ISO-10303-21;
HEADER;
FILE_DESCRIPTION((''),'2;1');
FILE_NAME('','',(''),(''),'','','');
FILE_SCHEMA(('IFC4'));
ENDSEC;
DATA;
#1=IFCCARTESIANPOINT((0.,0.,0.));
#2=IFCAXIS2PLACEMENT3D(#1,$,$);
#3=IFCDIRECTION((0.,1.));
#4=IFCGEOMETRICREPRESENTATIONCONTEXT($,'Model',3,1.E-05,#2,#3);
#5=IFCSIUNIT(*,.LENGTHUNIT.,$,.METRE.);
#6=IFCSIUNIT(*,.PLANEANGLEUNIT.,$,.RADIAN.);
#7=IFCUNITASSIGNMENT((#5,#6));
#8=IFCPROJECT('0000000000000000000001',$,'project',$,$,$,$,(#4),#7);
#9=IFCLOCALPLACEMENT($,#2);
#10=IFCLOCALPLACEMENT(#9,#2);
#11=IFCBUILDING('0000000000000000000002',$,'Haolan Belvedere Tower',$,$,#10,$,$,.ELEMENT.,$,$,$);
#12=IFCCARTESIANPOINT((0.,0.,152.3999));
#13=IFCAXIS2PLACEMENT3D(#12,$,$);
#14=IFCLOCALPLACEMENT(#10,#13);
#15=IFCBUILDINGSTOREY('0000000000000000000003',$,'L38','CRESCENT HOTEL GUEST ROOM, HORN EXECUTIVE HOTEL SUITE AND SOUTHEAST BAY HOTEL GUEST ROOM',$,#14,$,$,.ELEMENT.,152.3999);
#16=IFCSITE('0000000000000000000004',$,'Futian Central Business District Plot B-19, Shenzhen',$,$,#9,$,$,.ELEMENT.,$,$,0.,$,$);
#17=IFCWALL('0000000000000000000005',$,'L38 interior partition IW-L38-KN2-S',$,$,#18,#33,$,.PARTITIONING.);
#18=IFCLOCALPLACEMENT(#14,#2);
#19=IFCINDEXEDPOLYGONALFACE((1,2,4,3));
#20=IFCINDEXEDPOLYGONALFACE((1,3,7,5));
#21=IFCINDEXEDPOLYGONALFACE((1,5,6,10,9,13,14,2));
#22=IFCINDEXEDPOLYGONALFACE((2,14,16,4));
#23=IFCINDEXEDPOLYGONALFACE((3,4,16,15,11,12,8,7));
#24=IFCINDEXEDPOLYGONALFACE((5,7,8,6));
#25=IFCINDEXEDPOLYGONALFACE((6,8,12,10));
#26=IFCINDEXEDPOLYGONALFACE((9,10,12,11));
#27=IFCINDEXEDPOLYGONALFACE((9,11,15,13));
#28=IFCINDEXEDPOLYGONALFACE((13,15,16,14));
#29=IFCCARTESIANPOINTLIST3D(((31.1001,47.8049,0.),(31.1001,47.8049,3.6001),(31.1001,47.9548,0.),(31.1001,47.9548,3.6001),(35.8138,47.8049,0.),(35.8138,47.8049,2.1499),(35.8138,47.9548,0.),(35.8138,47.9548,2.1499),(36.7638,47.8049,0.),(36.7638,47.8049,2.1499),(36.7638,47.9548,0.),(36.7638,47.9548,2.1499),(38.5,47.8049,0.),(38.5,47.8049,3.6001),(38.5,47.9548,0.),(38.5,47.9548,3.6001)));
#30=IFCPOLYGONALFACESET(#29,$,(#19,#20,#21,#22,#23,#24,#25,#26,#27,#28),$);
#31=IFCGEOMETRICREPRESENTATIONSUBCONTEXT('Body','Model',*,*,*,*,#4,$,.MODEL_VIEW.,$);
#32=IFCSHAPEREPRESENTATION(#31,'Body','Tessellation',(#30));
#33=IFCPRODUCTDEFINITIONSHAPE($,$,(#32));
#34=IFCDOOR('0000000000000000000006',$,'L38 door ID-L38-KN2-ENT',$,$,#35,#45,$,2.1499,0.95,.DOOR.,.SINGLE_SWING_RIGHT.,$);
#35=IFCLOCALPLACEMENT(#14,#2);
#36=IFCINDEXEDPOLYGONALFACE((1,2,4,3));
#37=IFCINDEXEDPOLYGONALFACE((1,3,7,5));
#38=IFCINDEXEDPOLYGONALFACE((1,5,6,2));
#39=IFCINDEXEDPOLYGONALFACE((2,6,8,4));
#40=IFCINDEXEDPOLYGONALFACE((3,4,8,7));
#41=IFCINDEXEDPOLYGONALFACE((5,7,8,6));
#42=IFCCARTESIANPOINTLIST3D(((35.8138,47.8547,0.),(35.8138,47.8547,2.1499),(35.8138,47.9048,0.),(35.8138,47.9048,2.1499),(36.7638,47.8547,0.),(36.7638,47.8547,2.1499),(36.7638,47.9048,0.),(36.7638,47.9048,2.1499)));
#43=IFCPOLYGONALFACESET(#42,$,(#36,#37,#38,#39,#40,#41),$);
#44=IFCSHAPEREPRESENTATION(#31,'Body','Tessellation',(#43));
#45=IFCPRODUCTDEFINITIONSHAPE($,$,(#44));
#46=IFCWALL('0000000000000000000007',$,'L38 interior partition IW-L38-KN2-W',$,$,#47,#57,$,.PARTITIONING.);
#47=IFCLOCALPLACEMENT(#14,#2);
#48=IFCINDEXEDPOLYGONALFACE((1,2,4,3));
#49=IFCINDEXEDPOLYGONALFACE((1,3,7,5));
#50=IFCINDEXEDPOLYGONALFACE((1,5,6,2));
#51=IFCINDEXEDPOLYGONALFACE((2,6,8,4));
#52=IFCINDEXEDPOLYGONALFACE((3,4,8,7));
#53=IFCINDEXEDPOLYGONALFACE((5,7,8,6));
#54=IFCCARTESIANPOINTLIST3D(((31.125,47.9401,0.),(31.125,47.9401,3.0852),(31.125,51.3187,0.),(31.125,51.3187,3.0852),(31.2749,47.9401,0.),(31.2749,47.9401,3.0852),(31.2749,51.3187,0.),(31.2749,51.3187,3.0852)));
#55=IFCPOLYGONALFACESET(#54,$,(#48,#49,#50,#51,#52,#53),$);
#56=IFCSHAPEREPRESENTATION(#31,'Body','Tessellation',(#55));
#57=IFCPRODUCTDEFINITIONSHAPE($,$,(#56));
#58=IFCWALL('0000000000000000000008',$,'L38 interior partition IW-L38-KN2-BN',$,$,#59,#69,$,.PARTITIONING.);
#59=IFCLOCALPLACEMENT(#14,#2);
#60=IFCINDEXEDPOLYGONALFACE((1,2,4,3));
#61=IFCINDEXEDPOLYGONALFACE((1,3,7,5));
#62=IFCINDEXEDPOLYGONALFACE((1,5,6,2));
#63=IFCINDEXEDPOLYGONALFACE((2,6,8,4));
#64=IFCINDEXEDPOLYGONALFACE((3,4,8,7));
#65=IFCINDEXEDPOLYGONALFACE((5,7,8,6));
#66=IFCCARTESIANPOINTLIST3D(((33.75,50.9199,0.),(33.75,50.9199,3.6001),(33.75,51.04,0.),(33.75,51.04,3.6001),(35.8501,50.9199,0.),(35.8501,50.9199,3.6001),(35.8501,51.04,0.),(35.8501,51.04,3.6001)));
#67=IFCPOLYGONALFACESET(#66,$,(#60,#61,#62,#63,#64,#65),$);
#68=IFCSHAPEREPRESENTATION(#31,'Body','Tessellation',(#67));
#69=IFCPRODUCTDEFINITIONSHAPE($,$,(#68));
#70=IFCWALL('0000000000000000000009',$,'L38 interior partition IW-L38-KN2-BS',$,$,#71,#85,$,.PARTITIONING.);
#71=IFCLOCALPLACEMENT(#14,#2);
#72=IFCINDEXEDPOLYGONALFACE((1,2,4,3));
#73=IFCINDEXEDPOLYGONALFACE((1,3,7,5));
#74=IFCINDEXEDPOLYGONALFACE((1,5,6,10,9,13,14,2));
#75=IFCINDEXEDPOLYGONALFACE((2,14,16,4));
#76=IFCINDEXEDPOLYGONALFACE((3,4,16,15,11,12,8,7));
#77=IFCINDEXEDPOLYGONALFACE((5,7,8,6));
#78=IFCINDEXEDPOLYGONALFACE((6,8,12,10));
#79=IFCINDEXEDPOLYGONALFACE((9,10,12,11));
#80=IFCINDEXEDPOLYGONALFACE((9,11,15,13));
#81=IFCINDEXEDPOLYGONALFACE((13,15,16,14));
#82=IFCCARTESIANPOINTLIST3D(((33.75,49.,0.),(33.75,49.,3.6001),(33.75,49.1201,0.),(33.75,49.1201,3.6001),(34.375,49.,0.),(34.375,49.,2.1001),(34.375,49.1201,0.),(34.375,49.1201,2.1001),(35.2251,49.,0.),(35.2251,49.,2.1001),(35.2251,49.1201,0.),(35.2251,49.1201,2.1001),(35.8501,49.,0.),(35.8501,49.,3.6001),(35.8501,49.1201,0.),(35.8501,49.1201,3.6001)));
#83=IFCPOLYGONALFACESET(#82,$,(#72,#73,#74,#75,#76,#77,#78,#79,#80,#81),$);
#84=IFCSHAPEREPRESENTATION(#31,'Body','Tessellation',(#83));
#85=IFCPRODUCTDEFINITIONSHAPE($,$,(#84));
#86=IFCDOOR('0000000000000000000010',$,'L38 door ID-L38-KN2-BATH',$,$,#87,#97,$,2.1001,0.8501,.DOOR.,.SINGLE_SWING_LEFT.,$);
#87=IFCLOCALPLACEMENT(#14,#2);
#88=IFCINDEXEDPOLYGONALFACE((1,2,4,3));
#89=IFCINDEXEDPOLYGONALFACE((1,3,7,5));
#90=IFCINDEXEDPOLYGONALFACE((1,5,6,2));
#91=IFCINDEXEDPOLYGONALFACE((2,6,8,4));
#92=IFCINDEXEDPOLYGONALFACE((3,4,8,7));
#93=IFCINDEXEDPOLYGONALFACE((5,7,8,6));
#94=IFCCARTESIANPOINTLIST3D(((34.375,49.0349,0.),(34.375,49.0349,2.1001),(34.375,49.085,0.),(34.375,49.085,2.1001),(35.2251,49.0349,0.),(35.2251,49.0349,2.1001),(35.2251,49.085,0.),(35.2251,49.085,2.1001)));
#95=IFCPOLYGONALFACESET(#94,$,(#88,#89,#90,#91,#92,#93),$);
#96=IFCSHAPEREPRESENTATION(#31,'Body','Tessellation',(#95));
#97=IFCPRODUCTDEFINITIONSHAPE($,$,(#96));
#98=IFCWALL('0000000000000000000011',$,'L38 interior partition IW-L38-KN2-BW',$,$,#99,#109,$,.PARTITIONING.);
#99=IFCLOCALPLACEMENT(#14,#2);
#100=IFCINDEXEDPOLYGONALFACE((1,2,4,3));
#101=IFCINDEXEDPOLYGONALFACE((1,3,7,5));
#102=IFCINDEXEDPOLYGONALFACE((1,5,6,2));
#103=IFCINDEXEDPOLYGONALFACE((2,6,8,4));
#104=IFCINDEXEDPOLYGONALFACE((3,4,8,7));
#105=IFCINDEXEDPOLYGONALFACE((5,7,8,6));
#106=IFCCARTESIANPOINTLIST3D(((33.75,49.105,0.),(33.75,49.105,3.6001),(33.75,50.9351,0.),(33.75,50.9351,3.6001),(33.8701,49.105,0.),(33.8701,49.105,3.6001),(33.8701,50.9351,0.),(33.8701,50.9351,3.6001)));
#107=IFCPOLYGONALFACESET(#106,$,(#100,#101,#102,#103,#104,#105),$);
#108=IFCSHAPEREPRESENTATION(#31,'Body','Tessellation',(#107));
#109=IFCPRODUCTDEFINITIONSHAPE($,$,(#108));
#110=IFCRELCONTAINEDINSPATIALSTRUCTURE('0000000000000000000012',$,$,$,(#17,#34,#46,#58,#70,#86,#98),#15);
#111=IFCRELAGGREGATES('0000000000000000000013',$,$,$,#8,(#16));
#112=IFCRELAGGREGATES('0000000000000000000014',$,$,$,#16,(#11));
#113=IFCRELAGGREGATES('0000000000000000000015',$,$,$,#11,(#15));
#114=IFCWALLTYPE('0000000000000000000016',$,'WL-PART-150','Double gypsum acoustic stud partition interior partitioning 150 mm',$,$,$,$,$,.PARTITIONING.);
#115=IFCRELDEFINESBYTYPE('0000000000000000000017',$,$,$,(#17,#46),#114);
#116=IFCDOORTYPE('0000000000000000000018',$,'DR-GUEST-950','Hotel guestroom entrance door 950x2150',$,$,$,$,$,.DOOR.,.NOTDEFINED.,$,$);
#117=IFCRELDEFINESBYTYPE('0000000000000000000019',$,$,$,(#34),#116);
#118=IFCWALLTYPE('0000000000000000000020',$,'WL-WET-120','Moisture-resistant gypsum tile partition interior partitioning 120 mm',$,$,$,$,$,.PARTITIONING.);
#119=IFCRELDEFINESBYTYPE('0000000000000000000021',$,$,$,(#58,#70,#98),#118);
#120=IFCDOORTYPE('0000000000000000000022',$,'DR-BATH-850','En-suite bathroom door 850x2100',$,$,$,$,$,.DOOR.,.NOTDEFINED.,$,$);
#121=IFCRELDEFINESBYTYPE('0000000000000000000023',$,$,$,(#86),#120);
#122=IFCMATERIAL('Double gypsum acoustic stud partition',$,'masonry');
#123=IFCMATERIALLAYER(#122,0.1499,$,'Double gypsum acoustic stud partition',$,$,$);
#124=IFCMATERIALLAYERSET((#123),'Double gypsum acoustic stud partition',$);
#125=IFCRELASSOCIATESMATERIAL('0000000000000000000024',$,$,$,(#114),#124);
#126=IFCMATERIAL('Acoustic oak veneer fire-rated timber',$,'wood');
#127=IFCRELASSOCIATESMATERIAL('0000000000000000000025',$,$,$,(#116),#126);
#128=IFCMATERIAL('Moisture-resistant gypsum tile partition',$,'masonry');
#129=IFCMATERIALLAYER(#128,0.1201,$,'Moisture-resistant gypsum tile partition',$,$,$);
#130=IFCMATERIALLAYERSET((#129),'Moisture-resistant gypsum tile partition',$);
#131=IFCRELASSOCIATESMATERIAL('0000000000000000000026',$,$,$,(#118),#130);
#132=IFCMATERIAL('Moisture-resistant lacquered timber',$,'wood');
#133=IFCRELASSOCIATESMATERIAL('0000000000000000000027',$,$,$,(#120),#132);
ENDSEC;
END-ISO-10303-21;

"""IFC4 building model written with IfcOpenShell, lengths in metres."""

from ifc_helpers import new_model, si_unit, direction, frame, frame_2d, origin, place, context, subcontext, project, spatial, rectangle, extrude, material, layer, layer_set, type_object, element, fill, save


model = new_model("IFC4")

# Units and contexts
model_context = context("Model", 3, precision=1e-05, world=origin(), true_north=direction((0.0, 1.0)))
body_context = subcontext(model_context, "Body", "Model", "MODEL_VIEW")
ifc_project = project(units=[si_unit("LENGTHUNIT", "METRE"), si_unit("PLANEANGLEUNIT", "RADIAN")], contexts=[model_context])

# Site, building, storey
site_placement = place(None, origin())
site = spatial("IfcSite", under=ifc_project, at=site_placement, Name="Futian Central Business District Plot B-19, Shenzhen", CompositionType="ELEMENT", RefElevation=0.0)
building_placement = place(site_placement, origin())
building = spatial("IfcBuilding", under=site, at=building_placement, Name="Haolan Belvedere Tower", CompositionType="ELEMENT")
storey_placement = place(building_placement, frame((0.0, 0.0, 152.3999)))
storey = spatial("IfcBuildingStorey", under=building, at=storey_placement, Name="L38", Description="CRESCENT HOTEL GUEST ROOM, HORN EXECUTIVE HOTEL SUITE AND SOUTHEAST BAY HOTEL GUEST ROOM", CompositionType="ELEMENT", Elevation=152.3999)

# Wall, opening, door
ifc_material_1 = material(Name="Double gypsum acoustic stud partition", Category="masonry")
ifc_layer_1 = layer(ifc_material_1, 0.1499, Name="Double gypsum acoustic stud partition")
ifc_layer_set_1 = layer_set([ifc_layer_1], Name="Double gypsum acoustic stud partition")
wall_type_1 = type_object("IfcWallType", Name="WL-PART-150", Description="Double gypsum acoustic stud partition interior partitioning 150 mm", PredefinedType="PARTITIONING", material=ifc_layer_set_1)
wall_1_placement = place(storey_placement, frame((31.1001, 47.8799, 0.0), z_axis=(0.0, 0.0, 1.0), x_axis=(1.0, 0.0, 0.0)))
wall_1 = element("IfcWall", 1, at=wall_1_placement, inside=storey, type_object=wall_type_1, Name="L38 interior partition IW-L38-KN2-S", PredefinedType="PARTITIONING", context=body_context, shape_type="SweptSolid", body=[
    extrude(rectangle(XDim=7.3999, YDim=0.1499, at=frame_2d((3.7, 0.0))), origin(), (0.0, 0.0, 1.0), 3.6001),
])
opening_1_placement = place(wall_1_placement, frame((4.7136, 0.0, 0.0)))
opening_1 = element("IfcOpeningElement", 2, at=opening_1_placement, cuts=wall_1, PredefinedType="OPENING", context=body_context, shape_type="SweptSolid", body=[
    extrude(rectangle(XDim=0.95, YDim=2.1499, at=frame_2d((0.4751, 1.075))), frame((0.0, 0.085, 0.0), z_axis=(0.0, -1.0, 0.0), x_axis=(1.0, 0.0, 0.0)), (0.0, 0.0, 1.0), 0.1699),
])
ifc_material_2 = material(Name="Acoustic oak veneer fire-rated timber", Category="wood")
door_type_1 = type_object("IfcDoorType", Name="DR-GUEST-950", Description="Hotel guestroom entrance door 950x2150", OperationType="NOTDEFINED", PredefinedType="DOOR", material=ifc_material_2)
door_1_placement = place(opening_1_placement, origin())
door_1 = element("IfcDoor", 3, at=door_1_placement, inside=storey, type_object=door_type_1, Name="L38 door ID-L38-KN2-ENT", OperationType="SINGLE_SWING_RIGHT", OverallHeight=2.1499, OverallWidth=0.95, PredefinedType="DOOR", context=body_context, shape_type="SweptSolid", body=[
    extrude(rectangle(XDim=0.95, YDim=2.1499, at=frame_2d((0.4751, 1.075))), frame((0.0, 0.0249, 0.0), z_axis=(0.0, -1.0, 0.0), x_axis=(1.0, 0.0, 0.0)), (0.0, 0.0, 1.0), 0.05),
])
fill(opening_1, door_1)

# Walls
wall_2_placement = place(storey_placement, frame((31.2, 47.9399, 0.0), z_axis=(0.0, 0.0, 1.0), x_axis=(0.0, 1.0, 0.0)))
element("IfcWall", 4, at=wall_2_placement, inside=storey, type_object=wall_type_1, Name="L38 interior partition IW-L38-KN2-W", PredefinedType="PARTITIONING", context=body_context, shape_type="SweptSolid", body=[
    extrude(rectangle(XDim=3.3787, YDim=0.1499, at=frame_2d((1.6895, 0.0))), origin(), (0.0, 0.0, 1.0), 3.0852),
])
ifc_material_3 = material(Name="Moisture-resistant gypsum tile partition", Category="masonry")
ifc_layer_2 = layer(ifc_material_3, 0.1201, Name="Moisture-resistant gypsum tile partition")
ifc_layer_set_2 = layer_set([ifc_layer_2], Name="Moisture-resistant gypsum tile partition")
wall_type_2 = type_object("IfcWallType", Name="WL-WET-120", Description="Moisture-resistant gypsum tile partition interior partitioning 120 mm", PredefinedType="PARTITIONING", material=ifc_layer_set_2)
wall_3_placement = place(storey_placement, frame((33.75, 50.98, 0.0), z_axis=(0.0, 0.0, 1.0), x_axis=(1.0, 0.0, 0.0)))
element("IfcWall", 5, at=wall_3_placement, inside=storey, type_object=wall_type_2, Name="L38 interior partition IW-L38-KN2-BN", PredefinedType="PARTITIONING", context=body_context, shape_type="SweptSolid", body=[
    extrude(rectangle(XDim=2.1001, YDim=0.1201, at=frame_2d((1.05, 0.0))), origin(), (0.0, 0.0, 1.0), 3.6001),
])

# Wall, opening, door
wall_4_placement = place(storey_placement, frame((33.75, 49.0601, 0.0), z_axis=(0.0, 0.0, 1.0), x_axis=(1.0, 0.0, 0.0)))
wall_4 = element("IfcWall", 6, at=wall_4_placement, inside=storey, type_object=wall_type_2, Name="L38 interior partition IW-L38-KN2-BS", PredefinedType="PARTITIONING", context=body_context, shape_type="SweptSolid", body=[
    extrude(rectangle(XDim=2.1001, YDim=0.1201, at=frame_2d((1.05, 0.0))), origin(), (0.0, 0.0, 1.0), 3.6001),
])
opening_2_placement = place(wall_4_placement, frame((0.625, 0.0, 0.0)))
opening_2 = element("IfcOpeningElement", 7, at=opening_2_placement, cuts=wall_4, PredefinedType="OPENING", context=body_context, shape_type="SweptSolid", body=[
    extrude(rectangle(XDim=0.8501, YDim=2.1001, at=frame_2d((0.425, 1.05))), frame((0.0, 0.0701, 0.0), z_axis=(0.0, -1.0, 0.0), x_axis=(1.0, 0.0, 0.0)), (0.0, 0.0, 1.0), 0.1401),
])
ifc_material_4 = material(Name="Moisture-resistant lacquered timber", Category="wood")
door_type_2 = type_object("IfcDoorType", Name="DR-BATH-850", Description="En-suite bathroom door 850x2100", OperationType="NOTDEFINED", PredefinedType="DOOR", material=ifc_material_4)
door_2_placement = place(opening_2_placement, origin())
door_2 = element("IfcDoor", 8, at=door_2_placement, inside=storey, type_object=door_type_2, Name="L38 door ID-L38-KN2-BATH", OperationType="SINGLE_SWING_LEFT", OverallHeight=2.1001, OverallWidth=0.8501, PredefinedType="DOOR", context=body_context, shape_type="SweptSolid", body=[
    extrude(rectangle(XDim=0.8501, YDim=2.1001, at=frame_2d((0.425, 1.05))), frame((0.0, 0.0249, 0.0), z_axis=(0.0, -1.0, 0.0), x_axis=(1.0, 0.0, 0.0)), (0.0, 0.0, 1.0), 0.05),
])
fill(opening_2, door_2)

# Wall
wall_5_placement = place(storey_placement, frame((33.8101, 49.105, 0.0), z_axis=(0.0, 0.0, 1.0), x_axis=(0.0, 1.0, 0.0)))
element("IfcWall", 9, at=wall_5_placement, inside=storey, type_object=wall_type_2, Name="L38 interior partition IW-L38-KN2-BW", PredefinedType="PARTITIONING", context=body_context, shape_type="SweptSolid", body=[
    extrude(rectangle(XDim=1.8301, YDim=0.1201, at=frame_2d((0.915, 0.0))), origin(), (0.0, 0.0, 1.0), 3.6001),
])

save(model, "model.ifc")
